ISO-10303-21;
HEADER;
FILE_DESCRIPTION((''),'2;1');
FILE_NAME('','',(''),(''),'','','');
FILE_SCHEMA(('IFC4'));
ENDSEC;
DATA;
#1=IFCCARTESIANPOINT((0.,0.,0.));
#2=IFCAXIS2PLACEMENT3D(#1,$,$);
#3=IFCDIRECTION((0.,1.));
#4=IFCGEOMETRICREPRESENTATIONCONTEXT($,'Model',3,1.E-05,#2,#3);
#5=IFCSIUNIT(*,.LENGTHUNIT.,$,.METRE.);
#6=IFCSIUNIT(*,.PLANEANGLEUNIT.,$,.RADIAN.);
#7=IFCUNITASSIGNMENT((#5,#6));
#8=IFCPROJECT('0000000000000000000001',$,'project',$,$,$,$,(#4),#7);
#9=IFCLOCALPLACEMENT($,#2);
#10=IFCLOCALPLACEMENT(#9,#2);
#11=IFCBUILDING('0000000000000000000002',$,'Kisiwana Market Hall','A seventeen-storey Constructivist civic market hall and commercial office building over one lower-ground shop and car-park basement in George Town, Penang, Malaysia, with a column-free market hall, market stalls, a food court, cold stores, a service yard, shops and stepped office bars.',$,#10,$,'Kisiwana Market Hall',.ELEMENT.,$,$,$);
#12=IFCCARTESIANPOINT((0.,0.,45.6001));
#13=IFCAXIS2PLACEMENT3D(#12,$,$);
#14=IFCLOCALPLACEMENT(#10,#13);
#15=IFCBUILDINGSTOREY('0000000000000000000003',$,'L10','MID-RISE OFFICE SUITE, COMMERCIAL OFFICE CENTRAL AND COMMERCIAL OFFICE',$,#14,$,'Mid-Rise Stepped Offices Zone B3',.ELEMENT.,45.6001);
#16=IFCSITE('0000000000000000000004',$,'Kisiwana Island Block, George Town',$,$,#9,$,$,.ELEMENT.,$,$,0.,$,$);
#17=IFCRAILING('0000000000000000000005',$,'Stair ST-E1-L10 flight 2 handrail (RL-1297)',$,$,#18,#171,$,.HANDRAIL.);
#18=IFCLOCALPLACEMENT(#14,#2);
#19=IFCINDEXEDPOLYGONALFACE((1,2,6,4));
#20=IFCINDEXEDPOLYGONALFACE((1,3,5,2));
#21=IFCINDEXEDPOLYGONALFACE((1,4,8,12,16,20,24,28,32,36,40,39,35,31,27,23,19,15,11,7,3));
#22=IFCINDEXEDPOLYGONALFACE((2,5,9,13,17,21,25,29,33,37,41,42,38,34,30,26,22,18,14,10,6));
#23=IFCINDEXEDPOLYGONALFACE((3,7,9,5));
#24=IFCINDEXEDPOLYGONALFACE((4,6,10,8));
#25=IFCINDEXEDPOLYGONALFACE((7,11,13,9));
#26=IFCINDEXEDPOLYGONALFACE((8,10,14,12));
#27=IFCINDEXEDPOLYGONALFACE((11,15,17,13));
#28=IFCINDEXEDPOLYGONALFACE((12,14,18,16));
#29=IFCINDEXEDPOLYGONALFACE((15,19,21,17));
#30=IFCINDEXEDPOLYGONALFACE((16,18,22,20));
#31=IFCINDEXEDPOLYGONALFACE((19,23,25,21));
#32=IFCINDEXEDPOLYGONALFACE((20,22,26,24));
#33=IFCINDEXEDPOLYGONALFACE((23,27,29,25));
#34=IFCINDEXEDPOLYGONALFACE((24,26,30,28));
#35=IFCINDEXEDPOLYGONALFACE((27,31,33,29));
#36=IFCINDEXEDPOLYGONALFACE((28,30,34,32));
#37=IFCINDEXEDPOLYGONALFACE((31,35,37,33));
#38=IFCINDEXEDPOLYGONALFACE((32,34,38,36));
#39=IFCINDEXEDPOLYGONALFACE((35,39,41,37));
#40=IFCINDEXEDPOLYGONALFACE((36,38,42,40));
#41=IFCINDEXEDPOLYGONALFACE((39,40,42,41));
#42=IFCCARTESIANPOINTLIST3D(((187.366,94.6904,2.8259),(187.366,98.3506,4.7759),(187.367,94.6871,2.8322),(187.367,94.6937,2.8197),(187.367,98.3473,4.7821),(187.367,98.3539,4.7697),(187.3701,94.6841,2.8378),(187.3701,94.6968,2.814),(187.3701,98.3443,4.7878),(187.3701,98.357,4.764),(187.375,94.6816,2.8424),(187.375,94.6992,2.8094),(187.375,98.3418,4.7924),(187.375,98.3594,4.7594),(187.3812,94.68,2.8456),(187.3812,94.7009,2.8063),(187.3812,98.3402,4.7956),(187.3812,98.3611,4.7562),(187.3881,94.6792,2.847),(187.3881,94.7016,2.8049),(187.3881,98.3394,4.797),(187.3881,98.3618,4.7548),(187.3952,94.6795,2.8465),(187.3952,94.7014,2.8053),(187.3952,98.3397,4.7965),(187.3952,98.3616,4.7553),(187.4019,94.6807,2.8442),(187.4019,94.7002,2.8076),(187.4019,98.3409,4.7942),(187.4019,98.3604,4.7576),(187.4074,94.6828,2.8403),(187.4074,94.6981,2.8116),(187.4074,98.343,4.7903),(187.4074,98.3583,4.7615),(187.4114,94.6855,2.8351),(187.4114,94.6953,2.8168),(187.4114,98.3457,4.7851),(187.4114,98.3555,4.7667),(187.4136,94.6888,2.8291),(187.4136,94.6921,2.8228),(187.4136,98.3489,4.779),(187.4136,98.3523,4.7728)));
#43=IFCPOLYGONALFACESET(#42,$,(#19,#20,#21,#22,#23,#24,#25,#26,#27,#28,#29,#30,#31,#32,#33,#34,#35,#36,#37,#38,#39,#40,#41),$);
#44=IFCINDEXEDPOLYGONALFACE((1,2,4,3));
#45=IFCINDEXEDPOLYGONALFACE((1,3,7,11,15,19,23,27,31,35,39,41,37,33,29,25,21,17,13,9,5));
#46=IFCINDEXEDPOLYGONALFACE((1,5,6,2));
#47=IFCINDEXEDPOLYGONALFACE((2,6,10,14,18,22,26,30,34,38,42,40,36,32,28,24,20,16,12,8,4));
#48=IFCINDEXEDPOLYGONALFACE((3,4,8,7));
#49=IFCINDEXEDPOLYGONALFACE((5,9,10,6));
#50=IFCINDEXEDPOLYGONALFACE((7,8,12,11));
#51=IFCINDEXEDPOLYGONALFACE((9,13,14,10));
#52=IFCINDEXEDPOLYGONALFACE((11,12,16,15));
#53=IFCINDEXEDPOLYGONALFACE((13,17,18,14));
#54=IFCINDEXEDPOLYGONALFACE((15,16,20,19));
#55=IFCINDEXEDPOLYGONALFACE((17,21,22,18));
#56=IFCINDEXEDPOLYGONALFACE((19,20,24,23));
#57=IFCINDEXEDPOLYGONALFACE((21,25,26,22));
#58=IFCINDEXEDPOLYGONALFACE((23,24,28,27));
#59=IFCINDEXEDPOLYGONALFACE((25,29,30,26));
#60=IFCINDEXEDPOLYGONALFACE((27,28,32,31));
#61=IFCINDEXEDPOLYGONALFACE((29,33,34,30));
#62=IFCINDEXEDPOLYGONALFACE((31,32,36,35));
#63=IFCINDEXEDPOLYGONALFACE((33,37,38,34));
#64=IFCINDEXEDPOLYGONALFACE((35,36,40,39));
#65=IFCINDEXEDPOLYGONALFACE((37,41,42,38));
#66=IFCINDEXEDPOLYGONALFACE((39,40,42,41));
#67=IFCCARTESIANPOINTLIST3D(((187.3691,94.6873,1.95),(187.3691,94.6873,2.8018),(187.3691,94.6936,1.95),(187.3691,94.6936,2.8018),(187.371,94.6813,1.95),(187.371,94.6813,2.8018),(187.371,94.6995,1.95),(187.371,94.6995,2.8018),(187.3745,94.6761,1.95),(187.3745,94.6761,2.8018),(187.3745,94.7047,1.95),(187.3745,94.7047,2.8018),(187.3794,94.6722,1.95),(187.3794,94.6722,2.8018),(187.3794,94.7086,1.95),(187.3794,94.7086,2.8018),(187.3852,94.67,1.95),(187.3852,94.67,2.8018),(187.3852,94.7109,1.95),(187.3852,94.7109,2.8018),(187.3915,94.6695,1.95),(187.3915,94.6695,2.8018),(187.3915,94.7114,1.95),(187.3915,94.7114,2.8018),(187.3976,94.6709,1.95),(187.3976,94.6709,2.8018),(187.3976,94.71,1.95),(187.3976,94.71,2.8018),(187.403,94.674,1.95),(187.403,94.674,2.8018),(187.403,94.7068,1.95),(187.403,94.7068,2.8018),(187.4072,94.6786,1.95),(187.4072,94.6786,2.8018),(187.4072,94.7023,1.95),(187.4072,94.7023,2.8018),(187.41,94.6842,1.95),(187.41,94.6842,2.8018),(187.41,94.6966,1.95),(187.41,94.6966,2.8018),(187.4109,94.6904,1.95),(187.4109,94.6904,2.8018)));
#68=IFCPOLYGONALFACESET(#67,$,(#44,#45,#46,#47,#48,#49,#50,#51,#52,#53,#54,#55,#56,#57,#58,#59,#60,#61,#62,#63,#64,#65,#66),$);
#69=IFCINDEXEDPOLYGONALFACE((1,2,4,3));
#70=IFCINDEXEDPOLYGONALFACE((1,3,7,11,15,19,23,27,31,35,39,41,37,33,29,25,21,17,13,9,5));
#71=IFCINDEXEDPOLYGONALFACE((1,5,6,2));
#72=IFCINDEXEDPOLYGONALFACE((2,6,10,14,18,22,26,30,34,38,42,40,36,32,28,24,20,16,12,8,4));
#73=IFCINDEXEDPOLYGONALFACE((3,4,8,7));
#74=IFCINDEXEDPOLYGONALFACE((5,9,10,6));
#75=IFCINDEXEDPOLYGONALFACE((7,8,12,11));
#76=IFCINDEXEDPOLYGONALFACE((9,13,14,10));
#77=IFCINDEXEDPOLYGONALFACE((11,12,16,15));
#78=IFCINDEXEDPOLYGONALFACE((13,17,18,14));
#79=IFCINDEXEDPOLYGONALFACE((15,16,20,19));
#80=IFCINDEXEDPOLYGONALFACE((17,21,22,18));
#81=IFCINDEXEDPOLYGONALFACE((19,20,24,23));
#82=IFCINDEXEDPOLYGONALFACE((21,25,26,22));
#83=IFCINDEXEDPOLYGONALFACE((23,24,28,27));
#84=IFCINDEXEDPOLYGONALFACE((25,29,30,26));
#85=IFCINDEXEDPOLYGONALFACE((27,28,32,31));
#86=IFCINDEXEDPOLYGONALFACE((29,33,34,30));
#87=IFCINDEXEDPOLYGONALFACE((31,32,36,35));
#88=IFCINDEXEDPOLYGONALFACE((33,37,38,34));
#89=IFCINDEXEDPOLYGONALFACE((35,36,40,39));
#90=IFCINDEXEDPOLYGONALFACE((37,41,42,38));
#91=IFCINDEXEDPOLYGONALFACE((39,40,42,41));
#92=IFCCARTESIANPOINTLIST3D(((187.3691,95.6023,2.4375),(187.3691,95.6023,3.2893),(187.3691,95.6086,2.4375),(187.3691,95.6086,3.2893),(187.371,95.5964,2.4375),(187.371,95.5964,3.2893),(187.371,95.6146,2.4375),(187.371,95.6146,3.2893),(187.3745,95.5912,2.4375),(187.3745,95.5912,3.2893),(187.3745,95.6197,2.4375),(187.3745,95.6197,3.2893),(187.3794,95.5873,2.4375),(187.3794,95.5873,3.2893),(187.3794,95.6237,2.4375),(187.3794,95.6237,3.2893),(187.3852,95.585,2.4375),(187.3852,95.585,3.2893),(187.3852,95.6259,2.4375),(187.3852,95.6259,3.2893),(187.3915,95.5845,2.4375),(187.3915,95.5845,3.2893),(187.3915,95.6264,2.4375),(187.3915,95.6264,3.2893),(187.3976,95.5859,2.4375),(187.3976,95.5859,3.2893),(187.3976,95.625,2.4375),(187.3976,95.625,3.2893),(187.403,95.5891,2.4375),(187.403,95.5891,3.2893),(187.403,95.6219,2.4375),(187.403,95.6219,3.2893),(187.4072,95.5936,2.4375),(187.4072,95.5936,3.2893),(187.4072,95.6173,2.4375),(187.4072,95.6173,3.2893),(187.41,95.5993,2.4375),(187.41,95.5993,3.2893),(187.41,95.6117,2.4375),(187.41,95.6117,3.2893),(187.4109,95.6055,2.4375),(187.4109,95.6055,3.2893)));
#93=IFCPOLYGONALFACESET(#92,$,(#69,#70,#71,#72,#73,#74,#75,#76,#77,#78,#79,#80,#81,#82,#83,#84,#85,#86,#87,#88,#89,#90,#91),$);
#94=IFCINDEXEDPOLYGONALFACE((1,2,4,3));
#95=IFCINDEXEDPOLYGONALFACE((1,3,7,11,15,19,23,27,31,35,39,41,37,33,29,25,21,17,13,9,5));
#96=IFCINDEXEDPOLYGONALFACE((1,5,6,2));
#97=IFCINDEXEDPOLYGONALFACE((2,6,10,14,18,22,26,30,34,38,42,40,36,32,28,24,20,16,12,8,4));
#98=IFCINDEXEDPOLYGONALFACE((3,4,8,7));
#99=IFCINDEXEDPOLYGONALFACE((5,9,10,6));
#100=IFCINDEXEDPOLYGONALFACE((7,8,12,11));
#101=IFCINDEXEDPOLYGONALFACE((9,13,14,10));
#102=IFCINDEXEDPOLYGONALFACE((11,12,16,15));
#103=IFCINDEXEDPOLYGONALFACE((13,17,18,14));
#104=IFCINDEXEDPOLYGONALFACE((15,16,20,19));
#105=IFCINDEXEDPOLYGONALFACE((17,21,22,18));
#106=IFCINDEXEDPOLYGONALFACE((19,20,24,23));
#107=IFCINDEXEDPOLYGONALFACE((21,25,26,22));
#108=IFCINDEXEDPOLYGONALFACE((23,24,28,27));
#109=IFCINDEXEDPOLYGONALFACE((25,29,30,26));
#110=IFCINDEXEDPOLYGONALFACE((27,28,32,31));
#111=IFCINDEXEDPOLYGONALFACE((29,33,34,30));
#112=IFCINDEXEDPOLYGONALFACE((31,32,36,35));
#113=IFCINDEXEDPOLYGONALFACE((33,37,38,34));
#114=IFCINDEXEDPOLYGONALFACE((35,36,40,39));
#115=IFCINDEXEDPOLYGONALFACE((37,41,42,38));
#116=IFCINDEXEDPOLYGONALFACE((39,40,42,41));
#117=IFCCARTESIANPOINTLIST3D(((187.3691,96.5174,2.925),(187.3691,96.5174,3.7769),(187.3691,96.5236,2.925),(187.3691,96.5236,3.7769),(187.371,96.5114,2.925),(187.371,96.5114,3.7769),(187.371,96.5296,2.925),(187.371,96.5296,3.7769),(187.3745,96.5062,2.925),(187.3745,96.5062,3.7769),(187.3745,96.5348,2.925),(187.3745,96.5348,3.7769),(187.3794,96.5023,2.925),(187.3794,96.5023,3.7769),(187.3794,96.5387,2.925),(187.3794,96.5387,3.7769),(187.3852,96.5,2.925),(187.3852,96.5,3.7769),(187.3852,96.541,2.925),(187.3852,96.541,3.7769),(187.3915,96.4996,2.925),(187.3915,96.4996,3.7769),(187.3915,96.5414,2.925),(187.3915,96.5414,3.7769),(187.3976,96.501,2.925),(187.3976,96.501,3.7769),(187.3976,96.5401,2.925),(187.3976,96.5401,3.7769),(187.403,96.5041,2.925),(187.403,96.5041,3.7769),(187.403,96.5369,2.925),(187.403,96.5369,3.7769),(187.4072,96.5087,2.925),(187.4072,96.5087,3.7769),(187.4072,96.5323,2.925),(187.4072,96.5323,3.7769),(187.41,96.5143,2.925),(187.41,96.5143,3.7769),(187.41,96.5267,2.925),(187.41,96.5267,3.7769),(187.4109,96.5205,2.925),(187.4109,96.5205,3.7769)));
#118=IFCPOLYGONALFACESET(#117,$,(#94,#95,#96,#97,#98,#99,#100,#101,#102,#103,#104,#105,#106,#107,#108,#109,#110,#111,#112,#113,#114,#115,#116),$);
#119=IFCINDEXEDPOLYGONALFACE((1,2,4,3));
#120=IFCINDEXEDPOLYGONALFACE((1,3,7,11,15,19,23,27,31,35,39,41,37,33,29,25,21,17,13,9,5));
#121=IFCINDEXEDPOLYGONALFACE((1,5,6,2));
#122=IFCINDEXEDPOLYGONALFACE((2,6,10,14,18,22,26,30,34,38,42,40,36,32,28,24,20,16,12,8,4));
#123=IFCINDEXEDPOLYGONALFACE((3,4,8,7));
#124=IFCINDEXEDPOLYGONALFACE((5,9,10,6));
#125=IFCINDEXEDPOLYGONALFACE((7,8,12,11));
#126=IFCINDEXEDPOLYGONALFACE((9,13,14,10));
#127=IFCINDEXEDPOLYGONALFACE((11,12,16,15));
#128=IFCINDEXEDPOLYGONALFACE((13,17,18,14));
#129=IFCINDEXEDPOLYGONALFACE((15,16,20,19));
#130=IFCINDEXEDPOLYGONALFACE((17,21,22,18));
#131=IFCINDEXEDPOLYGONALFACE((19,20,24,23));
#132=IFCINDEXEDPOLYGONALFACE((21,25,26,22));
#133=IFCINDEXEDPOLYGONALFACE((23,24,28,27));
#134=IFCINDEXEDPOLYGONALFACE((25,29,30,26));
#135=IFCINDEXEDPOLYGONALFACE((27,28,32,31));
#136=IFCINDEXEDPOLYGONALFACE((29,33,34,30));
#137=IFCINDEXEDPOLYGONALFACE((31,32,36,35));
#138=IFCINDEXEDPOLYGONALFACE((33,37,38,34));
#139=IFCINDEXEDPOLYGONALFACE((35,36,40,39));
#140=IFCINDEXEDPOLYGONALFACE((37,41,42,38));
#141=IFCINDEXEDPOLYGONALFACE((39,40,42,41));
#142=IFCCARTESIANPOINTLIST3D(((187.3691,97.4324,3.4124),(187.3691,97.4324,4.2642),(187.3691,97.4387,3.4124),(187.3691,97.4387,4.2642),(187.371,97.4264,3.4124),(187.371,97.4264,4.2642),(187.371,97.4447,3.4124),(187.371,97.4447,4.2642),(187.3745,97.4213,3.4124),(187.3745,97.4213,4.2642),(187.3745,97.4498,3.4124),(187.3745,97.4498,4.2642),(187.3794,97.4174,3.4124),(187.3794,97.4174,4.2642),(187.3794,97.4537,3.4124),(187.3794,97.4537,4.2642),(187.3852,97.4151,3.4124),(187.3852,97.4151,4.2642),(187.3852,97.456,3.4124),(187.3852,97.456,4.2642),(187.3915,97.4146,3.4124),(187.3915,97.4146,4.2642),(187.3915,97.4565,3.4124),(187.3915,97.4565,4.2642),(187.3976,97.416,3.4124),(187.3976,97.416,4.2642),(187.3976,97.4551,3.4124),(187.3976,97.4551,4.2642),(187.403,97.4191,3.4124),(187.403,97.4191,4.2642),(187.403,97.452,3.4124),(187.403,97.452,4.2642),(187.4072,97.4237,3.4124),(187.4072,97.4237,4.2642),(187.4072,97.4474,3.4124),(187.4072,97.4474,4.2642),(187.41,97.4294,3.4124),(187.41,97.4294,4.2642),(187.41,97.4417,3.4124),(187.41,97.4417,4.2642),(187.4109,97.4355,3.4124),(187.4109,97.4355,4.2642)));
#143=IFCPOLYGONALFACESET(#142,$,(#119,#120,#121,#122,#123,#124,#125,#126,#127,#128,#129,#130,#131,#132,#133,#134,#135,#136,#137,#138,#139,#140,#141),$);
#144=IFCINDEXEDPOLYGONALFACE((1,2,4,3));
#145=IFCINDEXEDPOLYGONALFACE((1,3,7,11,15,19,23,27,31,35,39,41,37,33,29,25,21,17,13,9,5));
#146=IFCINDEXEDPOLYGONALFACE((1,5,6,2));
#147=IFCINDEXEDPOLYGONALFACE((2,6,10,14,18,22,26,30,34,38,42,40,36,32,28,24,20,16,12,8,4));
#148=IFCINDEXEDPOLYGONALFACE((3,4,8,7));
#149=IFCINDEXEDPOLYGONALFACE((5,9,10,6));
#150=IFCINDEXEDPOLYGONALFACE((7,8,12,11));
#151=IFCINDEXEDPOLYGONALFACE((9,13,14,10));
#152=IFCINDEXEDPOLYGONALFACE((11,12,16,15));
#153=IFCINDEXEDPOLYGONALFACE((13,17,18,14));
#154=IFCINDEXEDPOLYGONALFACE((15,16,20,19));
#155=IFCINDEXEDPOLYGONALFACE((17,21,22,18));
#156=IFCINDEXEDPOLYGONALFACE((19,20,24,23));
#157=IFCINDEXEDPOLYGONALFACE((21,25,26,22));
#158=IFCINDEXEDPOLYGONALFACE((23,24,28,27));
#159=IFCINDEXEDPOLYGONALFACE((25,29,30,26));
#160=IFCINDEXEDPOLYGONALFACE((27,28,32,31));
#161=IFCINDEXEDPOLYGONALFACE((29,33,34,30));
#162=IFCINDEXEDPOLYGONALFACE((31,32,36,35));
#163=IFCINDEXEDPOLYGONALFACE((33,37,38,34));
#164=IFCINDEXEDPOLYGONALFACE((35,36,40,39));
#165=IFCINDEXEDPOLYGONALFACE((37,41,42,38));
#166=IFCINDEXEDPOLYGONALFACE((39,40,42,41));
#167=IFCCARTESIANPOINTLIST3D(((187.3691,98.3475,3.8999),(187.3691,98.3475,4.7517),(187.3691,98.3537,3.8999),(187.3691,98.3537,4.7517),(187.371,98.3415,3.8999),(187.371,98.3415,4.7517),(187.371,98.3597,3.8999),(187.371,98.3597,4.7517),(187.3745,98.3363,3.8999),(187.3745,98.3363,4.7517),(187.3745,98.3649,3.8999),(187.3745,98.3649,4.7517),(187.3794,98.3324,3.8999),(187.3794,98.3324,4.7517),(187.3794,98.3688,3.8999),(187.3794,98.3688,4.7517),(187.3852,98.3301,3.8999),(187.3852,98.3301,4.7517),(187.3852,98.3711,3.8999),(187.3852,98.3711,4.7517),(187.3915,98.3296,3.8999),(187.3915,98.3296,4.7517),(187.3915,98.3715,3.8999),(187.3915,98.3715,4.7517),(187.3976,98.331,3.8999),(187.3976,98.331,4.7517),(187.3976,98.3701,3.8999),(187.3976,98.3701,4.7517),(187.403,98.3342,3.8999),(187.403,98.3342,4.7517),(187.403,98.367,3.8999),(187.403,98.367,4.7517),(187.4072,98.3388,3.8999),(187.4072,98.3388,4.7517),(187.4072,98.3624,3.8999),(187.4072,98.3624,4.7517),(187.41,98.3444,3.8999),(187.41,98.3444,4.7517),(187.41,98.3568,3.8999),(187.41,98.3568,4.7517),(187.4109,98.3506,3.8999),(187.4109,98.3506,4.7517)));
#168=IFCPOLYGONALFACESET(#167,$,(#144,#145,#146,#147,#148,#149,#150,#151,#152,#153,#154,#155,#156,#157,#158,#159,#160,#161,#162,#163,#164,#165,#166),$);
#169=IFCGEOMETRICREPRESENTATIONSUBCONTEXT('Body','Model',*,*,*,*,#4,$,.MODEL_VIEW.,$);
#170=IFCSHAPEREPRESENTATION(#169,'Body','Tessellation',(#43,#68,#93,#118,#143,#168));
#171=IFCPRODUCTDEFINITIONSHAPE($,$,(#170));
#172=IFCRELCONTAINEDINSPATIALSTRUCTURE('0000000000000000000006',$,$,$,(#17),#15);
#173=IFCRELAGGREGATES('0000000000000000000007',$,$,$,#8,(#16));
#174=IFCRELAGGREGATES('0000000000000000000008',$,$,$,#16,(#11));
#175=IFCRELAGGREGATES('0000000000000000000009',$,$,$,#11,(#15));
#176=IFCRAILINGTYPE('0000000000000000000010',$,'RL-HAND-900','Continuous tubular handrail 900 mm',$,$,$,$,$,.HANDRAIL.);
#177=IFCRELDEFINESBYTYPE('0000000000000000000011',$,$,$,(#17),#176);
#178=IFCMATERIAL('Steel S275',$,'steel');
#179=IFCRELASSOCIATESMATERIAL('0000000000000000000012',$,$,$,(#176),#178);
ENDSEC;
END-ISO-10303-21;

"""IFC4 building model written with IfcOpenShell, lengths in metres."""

from ifc_helpers import new_model, si_unit, direction, frame, origin, origin_2d, place, context, subcontext, project, spatial, circle, extrude, material, type_object, element, save


model = new_model("IFC4")

# Units and contexts
model_context = context("Model", 3, precision=1e-05, world=origin(), true_north=direction((0.0, 1.0)))
body_context = subcontext(model_context, "Body", "Model", "MODEL_VIEW")
ifc_project = project(units=[si_unit("LENGTHUNIT", "METRE"), si_unit("PLANEANGLEUNIT", "RADIAN")], contexts=[model_context])

# Site, building, storey
site_placement = place(None, origin())
site = spatial("IfcSite", under=ifc_project, at=site_placement, Name="Kisiwana Island Block, George Town", CompositionType="ELEMENT", RefElevation=0.0)
building_placement = place(site_placement, origin())
building = spatial("IfcBuilding", under=site, at=building_placement, Name="Kisiwana Market Hall", Description="A seventeen-storey Constructivist civic market hall and commercial office building over one lower-ground shop and car-park basement in George Town, Penang, Malaysia, with a column-free market hall, market stalls, a food court, cold stores, a service yard, shops and stepped office bars.", LongName="Kisiwana Market Hall", CompositionType="ELEMENT")
storey_placement = place(building_placement, frame((0.0, 0.0, 45.6001)))
storey = spatial("IfcBuildingStorey", under=building, at=storey_placement, Name="L10", Description="MID-RISE OFFICE SUITE, COMMERCIAL OFFICE CENTRAL AND COMMERCIAL OFFICE", LongName="Mid-Rise Stepped Offices Zone B3", CompositionType="ELEMENT", Elevation=45.6001)

# Railing
ifc_material_1 = material(Name="Steel S275", Category="steel")
railing_type = type_object("IfcRailingType", Name="RL-HAND-900", Description="Continuous tubular handrail 900 mm", PredefinedType="HANDRAIL", material=ifc_material_1)
railing_1_placement = place(storey_placement, frame((187.3899, 94.6904, 1.95)))
element("IfcRailing", 1, at=railing_1_placement, inside=storey, type_object=railing_type, Name="Stair ST-E1-L10 flight 2 handrail (RL-1297)", PredefinedType="HANDRAIL", context=body_context, shape_type="SweptSolid", body=[
    extrude(circle(Radius=0.0239, at=origin_2d()), frame((0.0, 0.0, 0.876), z_axis=(0.0, 0.882566, 0.470188), x_axis=(-1.0, 0.0, 0.0)), (0.0, 0.0, 1.0), 4.1472),
    extrude(circle(Radius=0.021, at=origin_2d()), origin(), (0.0, 0.0, 1.0), 0.8518),
    extrude(circle(Radius=0.021, at=origin_2d()), frame((0.0, 0.915, 0.4875)), (0.0, 0.0, 1.0), 0.8518),
    extrude(circle(Radius=0.021, at=origin_2d()), frame((0.0, 1.8301, 0.9751)), (0.0, 0.0, 1.0), 0.8518),
    extrude(circle(Radius=0.021, at=origin_2d()), frame((0.0, 2.7451, 1.4624)), (0.0, 0.0, 1.0), 0.8518),
    extrude(circle(Radius=0.021, at=origin_2d()), frame((0.0, 3.6602, 1.95)), (0.0, 0.0, 1.0), 0.8518),
])

save(model, "model.ifc")
